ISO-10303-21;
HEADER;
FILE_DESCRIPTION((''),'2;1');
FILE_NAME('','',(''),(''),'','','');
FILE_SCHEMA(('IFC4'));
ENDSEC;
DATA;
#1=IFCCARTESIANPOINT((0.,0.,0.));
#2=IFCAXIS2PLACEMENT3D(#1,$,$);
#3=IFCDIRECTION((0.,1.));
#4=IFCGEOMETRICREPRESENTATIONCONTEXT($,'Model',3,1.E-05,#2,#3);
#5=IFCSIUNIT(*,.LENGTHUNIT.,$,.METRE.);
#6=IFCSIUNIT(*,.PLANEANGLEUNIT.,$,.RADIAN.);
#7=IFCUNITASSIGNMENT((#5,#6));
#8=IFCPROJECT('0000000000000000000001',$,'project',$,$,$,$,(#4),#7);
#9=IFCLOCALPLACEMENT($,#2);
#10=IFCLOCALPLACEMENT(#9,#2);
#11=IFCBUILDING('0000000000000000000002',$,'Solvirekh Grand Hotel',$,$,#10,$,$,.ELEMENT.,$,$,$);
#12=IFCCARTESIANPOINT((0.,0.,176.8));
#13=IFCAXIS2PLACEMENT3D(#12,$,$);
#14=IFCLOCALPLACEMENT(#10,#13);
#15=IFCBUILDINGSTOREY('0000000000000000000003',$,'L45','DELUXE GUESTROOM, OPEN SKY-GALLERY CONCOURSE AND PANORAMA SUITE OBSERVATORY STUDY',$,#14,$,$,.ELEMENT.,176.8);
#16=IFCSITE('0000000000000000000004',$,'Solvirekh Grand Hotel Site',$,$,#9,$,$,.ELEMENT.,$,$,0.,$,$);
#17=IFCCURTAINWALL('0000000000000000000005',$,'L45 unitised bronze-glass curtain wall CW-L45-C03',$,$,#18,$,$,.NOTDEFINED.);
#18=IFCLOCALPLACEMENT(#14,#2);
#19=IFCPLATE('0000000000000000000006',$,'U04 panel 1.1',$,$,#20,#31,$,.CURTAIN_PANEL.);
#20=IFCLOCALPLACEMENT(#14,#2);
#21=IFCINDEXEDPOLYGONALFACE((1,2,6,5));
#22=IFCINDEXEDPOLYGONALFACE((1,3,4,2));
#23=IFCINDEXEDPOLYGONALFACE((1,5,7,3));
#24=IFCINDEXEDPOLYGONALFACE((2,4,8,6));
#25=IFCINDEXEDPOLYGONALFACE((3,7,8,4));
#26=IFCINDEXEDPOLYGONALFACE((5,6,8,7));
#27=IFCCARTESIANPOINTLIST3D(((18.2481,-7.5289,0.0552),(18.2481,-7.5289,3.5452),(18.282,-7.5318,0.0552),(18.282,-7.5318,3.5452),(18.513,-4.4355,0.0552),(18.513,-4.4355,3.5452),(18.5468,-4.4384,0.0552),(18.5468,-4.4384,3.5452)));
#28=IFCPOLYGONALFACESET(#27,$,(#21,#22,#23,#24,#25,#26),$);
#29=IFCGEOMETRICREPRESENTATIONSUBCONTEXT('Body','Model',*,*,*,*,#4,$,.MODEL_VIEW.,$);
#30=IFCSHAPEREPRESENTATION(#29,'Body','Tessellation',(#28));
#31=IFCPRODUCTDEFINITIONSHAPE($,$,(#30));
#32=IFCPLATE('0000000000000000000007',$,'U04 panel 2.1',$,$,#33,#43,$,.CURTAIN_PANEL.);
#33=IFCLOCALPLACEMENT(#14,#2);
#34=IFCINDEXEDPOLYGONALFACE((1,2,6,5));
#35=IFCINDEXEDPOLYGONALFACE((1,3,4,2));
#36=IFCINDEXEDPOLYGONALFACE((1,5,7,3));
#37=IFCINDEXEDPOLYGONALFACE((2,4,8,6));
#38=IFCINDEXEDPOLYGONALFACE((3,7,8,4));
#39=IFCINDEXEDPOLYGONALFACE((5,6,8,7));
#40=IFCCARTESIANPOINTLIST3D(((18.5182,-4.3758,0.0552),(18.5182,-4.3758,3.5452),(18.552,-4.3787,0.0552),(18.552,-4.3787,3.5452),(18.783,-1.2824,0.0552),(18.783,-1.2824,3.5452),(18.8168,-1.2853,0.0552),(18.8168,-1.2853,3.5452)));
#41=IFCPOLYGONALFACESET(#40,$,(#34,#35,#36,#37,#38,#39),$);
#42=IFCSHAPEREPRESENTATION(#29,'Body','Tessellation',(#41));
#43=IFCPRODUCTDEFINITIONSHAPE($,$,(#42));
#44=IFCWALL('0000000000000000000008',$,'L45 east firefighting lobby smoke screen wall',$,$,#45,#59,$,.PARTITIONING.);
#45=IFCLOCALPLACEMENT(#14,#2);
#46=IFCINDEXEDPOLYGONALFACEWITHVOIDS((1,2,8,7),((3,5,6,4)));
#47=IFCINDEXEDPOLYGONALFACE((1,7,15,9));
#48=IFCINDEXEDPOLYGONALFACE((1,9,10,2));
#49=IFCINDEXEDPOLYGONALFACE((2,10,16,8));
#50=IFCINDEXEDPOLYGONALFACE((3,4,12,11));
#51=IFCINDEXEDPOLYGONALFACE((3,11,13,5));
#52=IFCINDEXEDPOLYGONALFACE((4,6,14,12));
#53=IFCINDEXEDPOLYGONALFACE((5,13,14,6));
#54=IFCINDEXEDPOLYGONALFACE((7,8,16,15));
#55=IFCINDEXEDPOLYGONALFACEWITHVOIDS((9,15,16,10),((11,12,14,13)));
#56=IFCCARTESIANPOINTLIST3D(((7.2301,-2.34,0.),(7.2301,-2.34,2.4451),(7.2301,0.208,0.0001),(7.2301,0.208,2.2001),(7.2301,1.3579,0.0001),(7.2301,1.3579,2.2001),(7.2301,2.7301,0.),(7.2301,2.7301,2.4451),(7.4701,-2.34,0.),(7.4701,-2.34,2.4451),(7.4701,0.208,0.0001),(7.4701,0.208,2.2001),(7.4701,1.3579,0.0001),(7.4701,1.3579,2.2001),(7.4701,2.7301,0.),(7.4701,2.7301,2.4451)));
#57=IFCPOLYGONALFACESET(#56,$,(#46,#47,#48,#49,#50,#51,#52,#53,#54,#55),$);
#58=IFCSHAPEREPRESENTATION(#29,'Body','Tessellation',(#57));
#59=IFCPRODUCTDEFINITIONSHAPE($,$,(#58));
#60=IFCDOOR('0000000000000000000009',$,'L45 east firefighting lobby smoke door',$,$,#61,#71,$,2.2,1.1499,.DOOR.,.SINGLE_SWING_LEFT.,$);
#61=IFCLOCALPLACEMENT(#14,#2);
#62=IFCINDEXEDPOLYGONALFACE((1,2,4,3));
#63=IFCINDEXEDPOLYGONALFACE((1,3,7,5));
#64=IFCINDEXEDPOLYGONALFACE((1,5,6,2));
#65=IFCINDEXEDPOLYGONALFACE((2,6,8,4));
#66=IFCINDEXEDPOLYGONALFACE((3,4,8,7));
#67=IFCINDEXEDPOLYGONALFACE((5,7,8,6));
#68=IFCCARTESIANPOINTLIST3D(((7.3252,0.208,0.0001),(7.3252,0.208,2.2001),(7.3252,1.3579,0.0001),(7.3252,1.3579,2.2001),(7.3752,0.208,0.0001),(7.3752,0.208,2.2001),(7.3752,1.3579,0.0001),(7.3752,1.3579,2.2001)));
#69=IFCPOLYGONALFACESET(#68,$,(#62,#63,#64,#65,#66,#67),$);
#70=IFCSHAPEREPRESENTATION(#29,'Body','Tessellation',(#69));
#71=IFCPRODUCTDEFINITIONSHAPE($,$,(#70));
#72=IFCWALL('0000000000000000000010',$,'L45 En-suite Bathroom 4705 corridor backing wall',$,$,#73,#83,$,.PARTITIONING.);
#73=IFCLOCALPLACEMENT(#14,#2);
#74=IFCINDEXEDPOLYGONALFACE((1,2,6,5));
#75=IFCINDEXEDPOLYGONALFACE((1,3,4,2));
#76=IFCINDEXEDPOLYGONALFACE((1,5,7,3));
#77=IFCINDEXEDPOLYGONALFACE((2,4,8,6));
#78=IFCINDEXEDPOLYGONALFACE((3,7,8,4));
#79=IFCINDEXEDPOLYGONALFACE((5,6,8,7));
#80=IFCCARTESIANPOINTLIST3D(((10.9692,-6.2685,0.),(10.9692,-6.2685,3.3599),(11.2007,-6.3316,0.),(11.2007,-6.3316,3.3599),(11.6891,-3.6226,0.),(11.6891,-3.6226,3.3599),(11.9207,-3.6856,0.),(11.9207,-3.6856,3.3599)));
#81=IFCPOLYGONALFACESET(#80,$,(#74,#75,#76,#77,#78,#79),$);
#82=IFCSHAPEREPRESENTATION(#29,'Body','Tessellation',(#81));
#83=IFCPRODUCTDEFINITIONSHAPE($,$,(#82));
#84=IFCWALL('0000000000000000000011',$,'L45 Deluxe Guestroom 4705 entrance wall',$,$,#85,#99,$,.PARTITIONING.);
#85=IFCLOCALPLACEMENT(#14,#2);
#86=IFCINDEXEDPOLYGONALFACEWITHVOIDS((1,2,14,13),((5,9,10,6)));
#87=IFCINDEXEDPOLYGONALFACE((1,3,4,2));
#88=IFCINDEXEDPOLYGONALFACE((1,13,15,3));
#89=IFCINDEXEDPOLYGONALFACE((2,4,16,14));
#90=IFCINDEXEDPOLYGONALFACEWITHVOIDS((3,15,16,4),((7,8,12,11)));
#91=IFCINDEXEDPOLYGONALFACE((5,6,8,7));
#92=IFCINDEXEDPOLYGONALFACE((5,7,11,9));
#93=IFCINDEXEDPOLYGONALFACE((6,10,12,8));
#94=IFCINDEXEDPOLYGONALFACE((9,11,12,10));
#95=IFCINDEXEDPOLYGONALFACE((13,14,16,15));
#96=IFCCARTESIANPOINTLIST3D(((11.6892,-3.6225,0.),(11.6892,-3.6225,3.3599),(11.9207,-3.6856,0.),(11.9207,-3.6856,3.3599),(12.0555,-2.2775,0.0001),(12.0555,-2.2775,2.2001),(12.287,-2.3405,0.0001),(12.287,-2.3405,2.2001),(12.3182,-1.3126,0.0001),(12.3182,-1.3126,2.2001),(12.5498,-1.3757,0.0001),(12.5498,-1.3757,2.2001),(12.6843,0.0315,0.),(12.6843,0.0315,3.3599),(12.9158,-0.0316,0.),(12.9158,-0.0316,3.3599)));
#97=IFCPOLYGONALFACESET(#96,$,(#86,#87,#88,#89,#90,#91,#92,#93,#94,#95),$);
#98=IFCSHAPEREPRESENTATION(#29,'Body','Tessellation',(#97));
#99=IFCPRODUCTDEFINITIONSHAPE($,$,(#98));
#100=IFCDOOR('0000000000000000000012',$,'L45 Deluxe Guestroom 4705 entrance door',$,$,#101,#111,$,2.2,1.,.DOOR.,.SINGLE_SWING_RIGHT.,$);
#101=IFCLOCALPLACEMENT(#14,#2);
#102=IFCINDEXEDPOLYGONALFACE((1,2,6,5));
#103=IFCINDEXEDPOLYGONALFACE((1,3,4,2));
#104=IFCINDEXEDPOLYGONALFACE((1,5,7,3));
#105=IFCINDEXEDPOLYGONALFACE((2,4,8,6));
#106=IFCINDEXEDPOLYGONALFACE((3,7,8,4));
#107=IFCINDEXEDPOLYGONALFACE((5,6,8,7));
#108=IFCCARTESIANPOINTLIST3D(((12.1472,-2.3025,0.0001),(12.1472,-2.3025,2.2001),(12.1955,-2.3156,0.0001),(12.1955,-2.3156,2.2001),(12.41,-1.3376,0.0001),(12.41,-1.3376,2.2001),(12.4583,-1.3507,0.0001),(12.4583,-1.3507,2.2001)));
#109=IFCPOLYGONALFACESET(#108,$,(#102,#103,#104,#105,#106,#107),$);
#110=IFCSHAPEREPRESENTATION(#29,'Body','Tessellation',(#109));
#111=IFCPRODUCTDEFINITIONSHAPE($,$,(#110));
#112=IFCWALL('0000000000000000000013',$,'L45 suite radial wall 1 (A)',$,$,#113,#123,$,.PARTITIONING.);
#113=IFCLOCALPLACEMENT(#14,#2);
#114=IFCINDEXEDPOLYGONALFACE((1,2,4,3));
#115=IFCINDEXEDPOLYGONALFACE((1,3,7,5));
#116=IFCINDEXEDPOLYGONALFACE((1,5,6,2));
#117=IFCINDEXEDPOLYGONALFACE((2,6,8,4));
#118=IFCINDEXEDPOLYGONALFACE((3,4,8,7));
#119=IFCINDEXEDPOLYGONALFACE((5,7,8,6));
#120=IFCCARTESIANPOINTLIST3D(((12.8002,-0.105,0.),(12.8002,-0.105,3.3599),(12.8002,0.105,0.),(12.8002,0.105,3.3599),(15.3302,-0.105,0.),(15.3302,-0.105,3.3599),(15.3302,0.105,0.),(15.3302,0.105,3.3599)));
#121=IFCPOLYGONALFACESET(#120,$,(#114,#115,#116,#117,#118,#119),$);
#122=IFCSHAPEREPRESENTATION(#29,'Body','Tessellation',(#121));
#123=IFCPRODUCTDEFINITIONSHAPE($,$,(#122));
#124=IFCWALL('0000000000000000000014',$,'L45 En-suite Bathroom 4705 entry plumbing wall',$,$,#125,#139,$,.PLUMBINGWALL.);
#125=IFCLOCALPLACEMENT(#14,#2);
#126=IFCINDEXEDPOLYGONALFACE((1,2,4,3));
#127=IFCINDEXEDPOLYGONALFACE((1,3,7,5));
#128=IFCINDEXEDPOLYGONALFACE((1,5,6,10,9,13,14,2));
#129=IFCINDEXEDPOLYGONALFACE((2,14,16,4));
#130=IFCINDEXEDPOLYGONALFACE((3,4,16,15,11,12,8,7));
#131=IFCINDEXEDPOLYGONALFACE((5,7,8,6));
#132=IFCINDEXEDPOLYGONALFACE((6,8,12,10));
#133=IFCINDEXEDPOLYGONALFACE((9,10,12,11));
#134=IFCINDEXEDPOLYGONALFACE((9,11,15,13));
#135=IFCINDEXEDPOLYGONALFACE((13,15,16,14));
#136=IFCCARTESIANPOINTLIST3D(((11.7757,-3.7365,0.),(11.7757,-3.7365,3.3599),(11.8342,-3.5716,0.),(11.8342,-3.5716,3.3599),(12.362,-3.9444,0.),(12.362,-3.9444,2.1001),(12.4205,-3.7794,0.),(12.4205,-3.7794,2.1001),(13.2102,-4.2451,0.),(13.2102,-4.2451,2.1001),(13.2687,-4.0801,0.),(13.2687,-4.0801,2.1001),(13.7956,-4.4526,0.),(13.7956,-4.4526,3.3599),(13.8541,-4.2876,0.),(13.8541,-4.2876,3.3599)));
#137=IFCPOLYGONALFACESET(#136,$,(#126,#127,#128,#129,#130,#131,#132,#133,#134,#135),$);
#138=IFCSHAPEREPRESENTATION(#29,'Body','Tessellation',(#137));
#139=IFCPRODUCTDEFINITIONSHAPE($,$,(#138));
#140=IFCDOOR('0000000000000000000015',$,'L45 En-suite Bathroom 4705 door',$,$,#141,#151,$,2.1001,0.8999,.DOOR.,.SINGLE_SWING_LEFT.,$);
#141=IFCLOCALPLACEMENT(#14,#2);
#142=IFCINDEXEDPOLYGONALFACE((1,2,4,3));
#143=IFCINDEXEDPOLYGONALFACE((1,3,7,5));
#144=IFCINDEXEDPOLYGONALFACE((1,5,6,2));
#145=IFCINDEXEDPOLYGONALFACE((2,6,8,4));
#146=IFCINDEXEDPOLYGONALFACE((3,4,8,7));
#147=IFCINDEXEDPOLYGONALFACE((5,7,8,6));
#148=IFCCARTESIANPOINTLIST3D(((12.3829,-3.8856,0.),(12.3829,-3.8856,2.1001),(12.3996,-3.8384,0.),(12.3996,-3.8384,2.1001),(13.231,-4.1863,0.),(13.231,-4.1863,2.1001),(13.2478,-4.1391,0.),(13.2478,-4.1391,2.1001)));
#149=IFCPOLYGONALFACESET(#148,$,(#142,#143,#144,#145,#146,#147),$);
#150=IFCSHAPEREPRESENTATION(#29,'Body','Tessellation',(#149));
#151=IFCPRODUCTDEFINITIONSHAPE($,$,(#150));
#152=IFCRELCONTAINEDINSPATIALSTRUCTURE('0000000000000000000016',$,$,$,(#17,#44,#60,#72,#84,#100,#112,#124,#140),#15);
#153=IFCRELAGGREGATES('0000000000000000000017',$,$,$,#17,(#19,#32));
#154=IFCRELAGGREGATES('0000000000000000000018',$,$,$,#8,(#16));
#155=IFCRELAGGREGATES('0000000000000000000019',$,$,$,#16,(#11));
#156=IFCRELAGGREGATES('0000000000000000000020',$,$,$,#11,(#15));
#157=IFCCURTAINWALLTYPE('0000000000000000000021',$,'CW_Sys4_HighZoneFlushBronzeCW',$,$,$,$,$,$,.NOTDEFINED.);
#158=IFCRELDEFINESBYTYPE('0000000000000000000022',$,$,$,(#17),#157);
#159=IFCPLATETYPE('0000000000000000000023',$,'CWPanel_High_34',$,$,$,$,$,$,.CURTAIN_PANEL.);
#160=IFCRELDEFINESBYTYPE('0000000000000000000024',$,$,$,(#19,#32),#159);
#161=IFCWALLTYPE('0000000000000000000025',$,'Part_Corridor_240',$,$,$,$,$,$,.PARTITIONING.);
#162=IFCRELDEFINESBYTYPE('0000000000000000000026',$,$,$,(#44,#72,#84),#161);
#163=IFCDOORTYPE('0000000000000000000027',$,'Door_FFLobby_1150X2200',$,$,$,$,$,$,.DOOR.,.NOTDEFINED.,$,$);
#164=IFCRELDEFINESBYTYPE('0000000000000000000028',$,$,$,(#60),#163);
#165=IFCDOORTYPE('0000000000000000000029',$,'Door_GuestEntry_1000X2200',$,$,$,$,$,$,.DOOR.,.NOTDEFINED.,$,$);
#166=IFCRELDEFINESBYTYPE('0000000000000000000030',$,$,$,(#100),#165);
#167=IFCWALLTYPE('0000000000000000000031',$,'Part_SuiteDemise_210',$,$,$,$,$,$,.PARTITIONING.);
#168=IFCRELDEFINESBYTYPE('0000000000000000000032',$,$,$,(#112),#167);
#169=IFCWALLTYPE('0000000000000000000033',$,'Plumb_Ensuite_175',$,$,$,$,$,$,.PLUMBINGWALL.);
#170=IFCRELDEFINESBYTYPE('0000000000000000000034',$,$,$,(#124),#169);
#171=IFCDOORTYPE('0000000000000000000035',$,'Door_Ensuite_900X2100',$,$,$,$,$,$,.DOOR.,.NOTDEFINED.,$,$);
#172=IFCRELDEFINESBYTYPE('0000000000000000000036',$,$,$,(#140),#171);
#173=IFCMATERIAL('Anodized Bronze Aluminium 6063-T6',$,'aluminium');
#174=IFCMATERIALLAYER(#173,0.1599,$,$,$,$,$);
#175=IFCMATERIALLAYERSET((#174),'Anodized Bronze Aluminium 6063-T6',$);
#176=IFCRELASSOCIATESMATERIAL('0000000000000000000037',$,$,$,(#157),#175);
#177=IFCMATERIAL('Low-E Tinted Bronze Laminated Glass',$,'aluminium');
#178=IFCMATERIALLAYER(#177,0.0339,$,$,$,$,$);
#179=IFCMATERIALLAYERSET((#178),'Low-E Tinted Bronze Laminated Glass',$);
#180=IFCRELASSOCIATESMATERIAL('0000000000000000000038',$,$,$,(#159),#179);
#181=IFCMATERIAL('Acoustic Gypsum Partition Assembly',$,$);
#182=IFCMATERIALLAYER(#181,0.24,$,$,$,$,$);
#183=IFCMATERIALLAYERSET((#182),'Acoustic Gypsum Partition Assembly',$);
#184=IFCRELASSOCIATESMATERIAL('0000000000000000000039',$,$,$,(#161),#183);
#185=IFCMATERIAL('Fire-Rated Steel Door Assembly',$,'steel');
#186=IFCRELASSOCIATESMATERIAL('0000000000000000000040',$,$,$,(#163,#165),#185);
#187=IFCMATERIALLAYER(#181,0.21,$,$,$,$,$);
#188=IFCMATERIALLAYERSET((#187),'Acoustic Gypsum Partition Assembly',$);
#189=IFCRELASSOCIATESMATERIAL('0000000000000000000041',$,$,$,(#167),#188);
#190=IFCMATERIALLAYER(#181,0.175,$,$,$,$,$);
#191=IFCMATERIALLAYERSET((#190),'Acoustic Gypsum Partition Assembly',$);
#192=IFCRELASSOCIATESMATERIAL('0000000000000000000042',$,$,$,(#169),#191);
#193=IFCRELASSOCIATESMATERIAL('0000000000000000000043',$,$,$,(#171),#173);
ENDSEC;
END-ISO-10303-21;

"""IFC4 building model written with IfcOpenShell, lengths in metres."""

from ifc_helpers import new_model, si_unit, direction, frame, frame_2d, origin, origin_2d, place, context, subcontext, project, spatial, rectangle, extrude, source, transform, mapped, material, layer, layer_set, type_object, element, fill, aggregate, save


model = new_model("IFC4")

# Units and contexts
model_context = context("Model", 3, precision=1e-05, world=origin(), true_north=direction((0.0, 1.0)))
body_context = subcontext(model_context, "Body", "Model", "MODEL_VIEW")
ifc_project = project(units=[si_unit("LENGTHUNIT", "METRE"), si_unit("PLANEANGLEUNIT", "RADIAN")], contexts=[model_context])

# Site, building, storey
site_placement = place(None, origin())
site = spatial("IfcSite", under=ifc_project, at=site_placement, Name="Solvirekh Grand Hotel Site", CompositionType="ELEMENT", RefElevation=0.0)
building_placement = place(site_placement, origin())
building = spatial("IfcBuilding", under=site, at=building_placement, Name="Solvirekh Grand Hotel", CompositionType="ELEMENT")
storey_placement = place(building_placement, frame((0.0, 0.0, 176.8)))
storey = spatial("IfcBuildingStorey", under=building, at=storey_placement, Name="L45", Description="DELUXE GUESTROOM, OPEN SKY-GALLERY CONCOURSE AND PANORAMA SUITE OBSERVATORY STUDY", CompositionType="ELEMENT", Elevation=176.8)

# Curtain wall, plates
ifc_material_1 = material(Name="Anodized Bronze Aluminium 6063-T6", Category="aluminium")
ifc_layer_1 = layer(ifc_material_1, 0.1599)
ifc_layer_set_1 = layer_set([ifc_layer_1], Name="Anodized Bronze Aluminium 6063-T6")
curtain_wall_type = type_object("IfcCurtainWallType", Name="CW_Sys4_HighZoneFlushBronzeCW", PredefinedType="NOTDEFINED", material=ifc_layer_set_1)
curtain_wall_placement = place(storey_placement, origin())
curtain_wall = element("IfcCurtainWall", 1, at=curtain_wall_placement, inside=storey, type_object=curtain_wall_type, Name="L45 unitised bronze-glass curtain wall CW-L45-C03", PredefinedType="NOTDEFINED")
ifc_material_2 = material(Name="Low-E Tinted Bronze Laminated Glass", Category="aluminium")
ifc_layer_2 = layer(ifc_material_2, 0.0339)
ifc_layer_set_2 = layer_set([ifc_layer_2], Name="Low-E Tinted Bronze Laminated Glass")
plate_type = type_object("IfcPlateType", Name="CWPanel_High_34", PredefinedType="CURTAIN_PANEL", material=ifc_layer_set_2)
shared_shape_1 = source(origin(), body_context, "Body", "SweptSolid", [
    extrude(rectangle(XDim=3.1047, YDim=0.0339, at=origin_2d()), origin(), (0.0, 0.0, 1.0), 3.49),
])
plate_1_placement = place(storey_placement, frame((18.3975, -5.9836, 0.0552), z_axis=(0.0, 0.0, 1.0), x_axis=(0.085299, 0.996355, 0.0)))
plate_1 = element("IfcPlate", 2, at=plate_1_placement, type_object=plate_type, Name="U04 panel 1.1", PredefinedType="CURTAIN_PANEL", context=body_context, shape_type="MappedRepresentation", body=[
    mapped(shared_shape_1, transform((0.0, 0.0, 0.0), x_axis=(1.0, 0.0, 0.0), y_axis=(0.0, 1.0, 0.0), z_axis=(0.0, 0.0, 1.0), scale=1.0)),
])
plate_2_placement = place(storey_placement, frame((18.6675, -2.8306, 0.0552), z_axis=(0.0, 0.0, 1.0), x_axis=(0.085299, 0.996355, 0.0)))
plate_2 = element("IfcPlate", 3, at=plate_2_placement, type_object=plate_type, Name="U04 panel 2.1", PredefinedType="CURTAIN_PANEL", context=body_context, shape_type="MappedRepresentation", body=[
    mapped(shared_shape_1, transform((0.0, 0.0, 0.0), x_axis=(1.0, 0.0, 0.0), y_axis=(0.0, 1.0, 0.0), z_axis=(0.0, 0.0, 1.0), scale=1.0)),
])
aggregate(curtain_wall, [plate_1, plate_2])

# Wall, opening, door
ifc_material_3 = material(Name="Acoustic Gypsum Partition Assembly")
ifc_layer_3 = layer(ifc_material_3, 0.24)
ifc_layer_set_3 = layer_set([ifc_layer_3], Name="Acoustic Gypsum Partition Assembly")
wall_type_1 = type_object("IfcWallType", Name="Part_Corridor_240", PredefinedType="PARTITIONING", material=ifc_layer_set_3)
wall_1_placement = place(storey_placement, frame((7.3501, -2.3401, 0.0), z_axis=(0.0, 0.0, 1.0), x_axis=(0.0, 1.0, 0.0)))
wall_1 = element("IfcWall", 4, at=wall_1_placement, inside=storey, type_object=wall_type_1, Name="L45 east firefighting lobby smoke screen wall", PredefinedType="PARTITIONING", context=body_context, shape_type="SweptSolid", body=[
    extrude(rectangle(XDim=5.0701, YDim=0.24, at=frame_2d((2.5352, 0.0))), origin(), (0.0, 0.0, 1.0), 2.4451),
])
opening_1_placement = place(wall_1_placement, frame((2.5481, 0.0, 0.0)))
opening_1 = element("IfcOpeningElement", 5, at=opening_1_placement, cuts=wall_1, PredefinedType="OPENING", context=body_context, shape_type="SweptSolid", body=[
    extrude(rectangle(XDim=1.1499, YDim=2.2, at=frame_2d((0.575, 1.1001))), frame((0.0, 0.1299, 0.0), z_axis=(0.0, -1.0, 0.0), x_axis=(1.0, 0.0, 0.0)), (0.0, 0.0, 1.0), 0.26),
])
ifc_material_4 = material(Name="Fire-Rated Steel Door Assembly", Category="steel")
door_type_1 = type_object("IfcDoorType", Name="Door_FFLobby_1150X2200", OperationType="NOTDEFINED", PredefinedType="DOOR", material=ifc_material_4)
door_1_placement = place(opening_1_placement, origin())
door_1 = element("IfcDoor", 6, at=door_1_placement, inside=storey, type_object=door_type_1, Name="L45 east firefighting lobby smoke door", OperationType="SINGLE_SWING_LEFT", OverallHeight=2.2, OverallWidth=1.1499, PredefinedType="DOOR", context=body_context, shape_type="SweptSolid", body=[
    extrude(rectangle(XDim=1.1499, YDim=2.2, at=frame_2d((0.575, 1.1001))), frame((0.0, 0.0249, 0.0), z_axis=(0.0, -1.0, 0.0), x_axis=(1.0, 0.0, 0.0)), (0.0, 0.0, 1.0), 0.05),
])
fill(opening_1, door_1)

# Wall
wall_2_placement = place(storey_placement, frame((11.085, -6.3, 0.0), z_axis=(0.0, 0.0, 1.0), x_axis=(0.262552, 0.964918, 0.0)))
element("IfcWall", 7, at=wall_2_placement, inside=storey, type_object=wall_type_1, Name="L45 En-suite Bathroom 4705 corridor backing wall", PredefinedType="PARTITIONING", context=body_context, shape_type="SweptSolid", body=[
    extrude(rectangle(XDim=2.7422, YDim=0.24, at=frame_2d((1.3711, 0.0))), origin(), (0.0, 0.0, 1.0), 3.3599),
])

# Wall, opening, door
wall_3_placement = place(storey_placement, frame((11.8049, -3.6541, 0.0), z_axis=(0.0, 0.0, 1.0), x_axis=(0.262763, 0.96486, 0.0)))
wall_3 = element("IfcWall", 8, at=wall_3_placement, inside=storey, type_object=wall_type_1, Name="L45 Deluxe Guestroom 4705 entrance wall", PredefinedType="PARTITIONING", context=body_context, shape_type="SweptSolid", body=[
    extrude(rectangle(XDim=3.7871, YDim=0.24, at=frame_2d((1.8936, 0.0))), origin(), (0.0, 0.0, 1.0), 3.3599),
])
opening_2_placement = place(wall_3_placement, frame((1.394, 0.0, 0.0)))
opening_2 = element("IfcOpeningElement", 9, at=opening_2_placement, cuts=wall_3, PredefinedType="OPENING", context=body_context, shape_type="SweptSolid", body=[
    extrude(rectangle(XDim=1.0, YDim=2.2, at=frame_2d((0.5, 1.1001))), frame((0.0, 0.1299, 0.0), z_axis=(0.0, -1.0, 0.0), x_axis=(1.0, 0.0, 0.0)), (0.0, 0.0, 1.0), 0.26),
])
door_type_2 = type_object("IfcDoorType", Name="Door_GuestEntry_1000X2200", OperationType="NOTDEFINED", PredefinedType="DOOR", material=ifc_material_4)
door_2_placement = place(opening_2_placement, origin())
door_2 = element("IfcDoor", 10, at=door_2_placement, inside=storey, type_object=door_type_2, Name="L45 Deluxe Guestroom 4705 entrance door", OperationType="SINGLE_SWING_RIGHT", OverallHeight=2.2, OverallWidth=1.0, PredefinedType="DOOR", context=body_context, shape_type="SweptSolid", body=[
    extrude(rectangle(XDim=1.0, YDim=2.2, at=frame_2d((0.5, 1.1001))), frame((0.0, 0.0249, 0.0), z_axis=(0.0, -1.0, 0.0), x_axis=(1.0, 0.0, 0.0)), (0.0, 0.0, 1.0), 0.05),
])
fill(opening_2, door_2)

# Wall
ifc_layer_4 = layer(ifc_material_3, 0.21)
ifc_layer_set_4 = layer_set([ifc_layer_4], Name="Acoustic Gypsum Partition Assembly")
wall_type_2 = type_object("IfcWallType", Name="Part_SuiteDemise_210", PredefinedType="PARTITIONING", material=ifc_layer_set_4)
wall_4_placement = place(storey_placement, frame((12.8, 0.0, 0.0), z_axis=(0.0, 0.0, 1.0), x_axis=(1.0, 0.0, 0.0)))
element("IfcWall", 11, at=wall_4_placement, inside=storey, type_object=wall_type_2, Name="L45 suite radial wall 1 (A)", PredefinedType="PARTITIONING", context=body_context, shape_type="SweptSolid", body=[
    extrude(rectangle(XDim=2.53, YDim=0.21, at=frame_2d((1.2651, 0.0))), origin(), (0.0, 0.0, 1.0), 3.3599),
])

# Wall, opening, door
ifc_layer_5 = layer(ifc_material_3, 0.175)
ifc_layer_set_5 = layer_set([ifc_layer_5], Name="Acoustic Gypsum Partition Assembly")
wall_type_3 = type_object("IfcWallType", Name="Plumb_Ensuite_175", PredefinedType="PLUMBINGWALL", material=ifc_layer_set_5)
wall_5_placement = place(storey_placement, frame((11.8049, -3.6541, 0.0), z_axis=(0.0, 0.0, 1.0), x_axis=(0.942533, -0.334113, 0.0)))
wall_5 = element("IfcWall", 12, at=wall_5_placement, inside=storey, type_object=wall_type_3, Name="L45 En-suite Bathroom 4705 entry plumbing wall", PredefinedType="PLUMBINGWALL", context=body_context, shape_type="SweptSolid", body=[
    extrude(rectangle(XDim=2.1431, YDim=0.175, at=frame_2d((1.0715, 0.0))), origin(), (0.0, 0.0, 1.0), 3.3599),
])
opening_3_placement = place(wall_5_placement, frame((0.6221, 0.0, 0.0)))
opening_3 = element("IfcOpeningElement", 13, at=opening_3_placement, cuts=wall_5, PredefinedType="OPENING", context=body_context, shape_type="SweptSolid", body=[
    extrude(rectangle(XDim=0.8999, YDim=2.1001, at=frame_2d((0.45, 1.05))), frame((0.0, 0.0977, 0.0), z_axis=(0.0, -1.0, 0.0), x_axis=(1.0, 0.0, 0.0)), (0.0, 0.0, 1.0), 0.1951),
])
door_type_3 = type_object("IfcDoorType", Name="Door_Ensuite_900X2100", OperationType="NOTDEFINED", PredefinedType="DOOR", material=ifc_material_1)
door_3_placement = place(opening_3_placement, origin())
door_3 = element("IfcDoor", 14, at=door_3_placement, inside=storey, type_object=door_type_3, Name="L45 En-suite Bathroom 4705 door", OperationType="SINGLE_SWING_LEFT", OverallHeight=2.1001, OverallWidth=0.8999, PredefinedType="DOOR", context=body_context, shape_type="SweptSolid", body=[
    extrude(rectangle(XDim=0.8999, YDim=2.1001, at=frame_2d((0.45, 1.05))), frame((0.0, 0.0249, 0.0), z_axis=(0.0, -1.0, 0.0), x_axis=(1.0, 0.0, 0.0)), (0.0, 0.0, 1.0), 0.05),
])
fill(opening_3, door_3)

save(model, "model.ifc")
